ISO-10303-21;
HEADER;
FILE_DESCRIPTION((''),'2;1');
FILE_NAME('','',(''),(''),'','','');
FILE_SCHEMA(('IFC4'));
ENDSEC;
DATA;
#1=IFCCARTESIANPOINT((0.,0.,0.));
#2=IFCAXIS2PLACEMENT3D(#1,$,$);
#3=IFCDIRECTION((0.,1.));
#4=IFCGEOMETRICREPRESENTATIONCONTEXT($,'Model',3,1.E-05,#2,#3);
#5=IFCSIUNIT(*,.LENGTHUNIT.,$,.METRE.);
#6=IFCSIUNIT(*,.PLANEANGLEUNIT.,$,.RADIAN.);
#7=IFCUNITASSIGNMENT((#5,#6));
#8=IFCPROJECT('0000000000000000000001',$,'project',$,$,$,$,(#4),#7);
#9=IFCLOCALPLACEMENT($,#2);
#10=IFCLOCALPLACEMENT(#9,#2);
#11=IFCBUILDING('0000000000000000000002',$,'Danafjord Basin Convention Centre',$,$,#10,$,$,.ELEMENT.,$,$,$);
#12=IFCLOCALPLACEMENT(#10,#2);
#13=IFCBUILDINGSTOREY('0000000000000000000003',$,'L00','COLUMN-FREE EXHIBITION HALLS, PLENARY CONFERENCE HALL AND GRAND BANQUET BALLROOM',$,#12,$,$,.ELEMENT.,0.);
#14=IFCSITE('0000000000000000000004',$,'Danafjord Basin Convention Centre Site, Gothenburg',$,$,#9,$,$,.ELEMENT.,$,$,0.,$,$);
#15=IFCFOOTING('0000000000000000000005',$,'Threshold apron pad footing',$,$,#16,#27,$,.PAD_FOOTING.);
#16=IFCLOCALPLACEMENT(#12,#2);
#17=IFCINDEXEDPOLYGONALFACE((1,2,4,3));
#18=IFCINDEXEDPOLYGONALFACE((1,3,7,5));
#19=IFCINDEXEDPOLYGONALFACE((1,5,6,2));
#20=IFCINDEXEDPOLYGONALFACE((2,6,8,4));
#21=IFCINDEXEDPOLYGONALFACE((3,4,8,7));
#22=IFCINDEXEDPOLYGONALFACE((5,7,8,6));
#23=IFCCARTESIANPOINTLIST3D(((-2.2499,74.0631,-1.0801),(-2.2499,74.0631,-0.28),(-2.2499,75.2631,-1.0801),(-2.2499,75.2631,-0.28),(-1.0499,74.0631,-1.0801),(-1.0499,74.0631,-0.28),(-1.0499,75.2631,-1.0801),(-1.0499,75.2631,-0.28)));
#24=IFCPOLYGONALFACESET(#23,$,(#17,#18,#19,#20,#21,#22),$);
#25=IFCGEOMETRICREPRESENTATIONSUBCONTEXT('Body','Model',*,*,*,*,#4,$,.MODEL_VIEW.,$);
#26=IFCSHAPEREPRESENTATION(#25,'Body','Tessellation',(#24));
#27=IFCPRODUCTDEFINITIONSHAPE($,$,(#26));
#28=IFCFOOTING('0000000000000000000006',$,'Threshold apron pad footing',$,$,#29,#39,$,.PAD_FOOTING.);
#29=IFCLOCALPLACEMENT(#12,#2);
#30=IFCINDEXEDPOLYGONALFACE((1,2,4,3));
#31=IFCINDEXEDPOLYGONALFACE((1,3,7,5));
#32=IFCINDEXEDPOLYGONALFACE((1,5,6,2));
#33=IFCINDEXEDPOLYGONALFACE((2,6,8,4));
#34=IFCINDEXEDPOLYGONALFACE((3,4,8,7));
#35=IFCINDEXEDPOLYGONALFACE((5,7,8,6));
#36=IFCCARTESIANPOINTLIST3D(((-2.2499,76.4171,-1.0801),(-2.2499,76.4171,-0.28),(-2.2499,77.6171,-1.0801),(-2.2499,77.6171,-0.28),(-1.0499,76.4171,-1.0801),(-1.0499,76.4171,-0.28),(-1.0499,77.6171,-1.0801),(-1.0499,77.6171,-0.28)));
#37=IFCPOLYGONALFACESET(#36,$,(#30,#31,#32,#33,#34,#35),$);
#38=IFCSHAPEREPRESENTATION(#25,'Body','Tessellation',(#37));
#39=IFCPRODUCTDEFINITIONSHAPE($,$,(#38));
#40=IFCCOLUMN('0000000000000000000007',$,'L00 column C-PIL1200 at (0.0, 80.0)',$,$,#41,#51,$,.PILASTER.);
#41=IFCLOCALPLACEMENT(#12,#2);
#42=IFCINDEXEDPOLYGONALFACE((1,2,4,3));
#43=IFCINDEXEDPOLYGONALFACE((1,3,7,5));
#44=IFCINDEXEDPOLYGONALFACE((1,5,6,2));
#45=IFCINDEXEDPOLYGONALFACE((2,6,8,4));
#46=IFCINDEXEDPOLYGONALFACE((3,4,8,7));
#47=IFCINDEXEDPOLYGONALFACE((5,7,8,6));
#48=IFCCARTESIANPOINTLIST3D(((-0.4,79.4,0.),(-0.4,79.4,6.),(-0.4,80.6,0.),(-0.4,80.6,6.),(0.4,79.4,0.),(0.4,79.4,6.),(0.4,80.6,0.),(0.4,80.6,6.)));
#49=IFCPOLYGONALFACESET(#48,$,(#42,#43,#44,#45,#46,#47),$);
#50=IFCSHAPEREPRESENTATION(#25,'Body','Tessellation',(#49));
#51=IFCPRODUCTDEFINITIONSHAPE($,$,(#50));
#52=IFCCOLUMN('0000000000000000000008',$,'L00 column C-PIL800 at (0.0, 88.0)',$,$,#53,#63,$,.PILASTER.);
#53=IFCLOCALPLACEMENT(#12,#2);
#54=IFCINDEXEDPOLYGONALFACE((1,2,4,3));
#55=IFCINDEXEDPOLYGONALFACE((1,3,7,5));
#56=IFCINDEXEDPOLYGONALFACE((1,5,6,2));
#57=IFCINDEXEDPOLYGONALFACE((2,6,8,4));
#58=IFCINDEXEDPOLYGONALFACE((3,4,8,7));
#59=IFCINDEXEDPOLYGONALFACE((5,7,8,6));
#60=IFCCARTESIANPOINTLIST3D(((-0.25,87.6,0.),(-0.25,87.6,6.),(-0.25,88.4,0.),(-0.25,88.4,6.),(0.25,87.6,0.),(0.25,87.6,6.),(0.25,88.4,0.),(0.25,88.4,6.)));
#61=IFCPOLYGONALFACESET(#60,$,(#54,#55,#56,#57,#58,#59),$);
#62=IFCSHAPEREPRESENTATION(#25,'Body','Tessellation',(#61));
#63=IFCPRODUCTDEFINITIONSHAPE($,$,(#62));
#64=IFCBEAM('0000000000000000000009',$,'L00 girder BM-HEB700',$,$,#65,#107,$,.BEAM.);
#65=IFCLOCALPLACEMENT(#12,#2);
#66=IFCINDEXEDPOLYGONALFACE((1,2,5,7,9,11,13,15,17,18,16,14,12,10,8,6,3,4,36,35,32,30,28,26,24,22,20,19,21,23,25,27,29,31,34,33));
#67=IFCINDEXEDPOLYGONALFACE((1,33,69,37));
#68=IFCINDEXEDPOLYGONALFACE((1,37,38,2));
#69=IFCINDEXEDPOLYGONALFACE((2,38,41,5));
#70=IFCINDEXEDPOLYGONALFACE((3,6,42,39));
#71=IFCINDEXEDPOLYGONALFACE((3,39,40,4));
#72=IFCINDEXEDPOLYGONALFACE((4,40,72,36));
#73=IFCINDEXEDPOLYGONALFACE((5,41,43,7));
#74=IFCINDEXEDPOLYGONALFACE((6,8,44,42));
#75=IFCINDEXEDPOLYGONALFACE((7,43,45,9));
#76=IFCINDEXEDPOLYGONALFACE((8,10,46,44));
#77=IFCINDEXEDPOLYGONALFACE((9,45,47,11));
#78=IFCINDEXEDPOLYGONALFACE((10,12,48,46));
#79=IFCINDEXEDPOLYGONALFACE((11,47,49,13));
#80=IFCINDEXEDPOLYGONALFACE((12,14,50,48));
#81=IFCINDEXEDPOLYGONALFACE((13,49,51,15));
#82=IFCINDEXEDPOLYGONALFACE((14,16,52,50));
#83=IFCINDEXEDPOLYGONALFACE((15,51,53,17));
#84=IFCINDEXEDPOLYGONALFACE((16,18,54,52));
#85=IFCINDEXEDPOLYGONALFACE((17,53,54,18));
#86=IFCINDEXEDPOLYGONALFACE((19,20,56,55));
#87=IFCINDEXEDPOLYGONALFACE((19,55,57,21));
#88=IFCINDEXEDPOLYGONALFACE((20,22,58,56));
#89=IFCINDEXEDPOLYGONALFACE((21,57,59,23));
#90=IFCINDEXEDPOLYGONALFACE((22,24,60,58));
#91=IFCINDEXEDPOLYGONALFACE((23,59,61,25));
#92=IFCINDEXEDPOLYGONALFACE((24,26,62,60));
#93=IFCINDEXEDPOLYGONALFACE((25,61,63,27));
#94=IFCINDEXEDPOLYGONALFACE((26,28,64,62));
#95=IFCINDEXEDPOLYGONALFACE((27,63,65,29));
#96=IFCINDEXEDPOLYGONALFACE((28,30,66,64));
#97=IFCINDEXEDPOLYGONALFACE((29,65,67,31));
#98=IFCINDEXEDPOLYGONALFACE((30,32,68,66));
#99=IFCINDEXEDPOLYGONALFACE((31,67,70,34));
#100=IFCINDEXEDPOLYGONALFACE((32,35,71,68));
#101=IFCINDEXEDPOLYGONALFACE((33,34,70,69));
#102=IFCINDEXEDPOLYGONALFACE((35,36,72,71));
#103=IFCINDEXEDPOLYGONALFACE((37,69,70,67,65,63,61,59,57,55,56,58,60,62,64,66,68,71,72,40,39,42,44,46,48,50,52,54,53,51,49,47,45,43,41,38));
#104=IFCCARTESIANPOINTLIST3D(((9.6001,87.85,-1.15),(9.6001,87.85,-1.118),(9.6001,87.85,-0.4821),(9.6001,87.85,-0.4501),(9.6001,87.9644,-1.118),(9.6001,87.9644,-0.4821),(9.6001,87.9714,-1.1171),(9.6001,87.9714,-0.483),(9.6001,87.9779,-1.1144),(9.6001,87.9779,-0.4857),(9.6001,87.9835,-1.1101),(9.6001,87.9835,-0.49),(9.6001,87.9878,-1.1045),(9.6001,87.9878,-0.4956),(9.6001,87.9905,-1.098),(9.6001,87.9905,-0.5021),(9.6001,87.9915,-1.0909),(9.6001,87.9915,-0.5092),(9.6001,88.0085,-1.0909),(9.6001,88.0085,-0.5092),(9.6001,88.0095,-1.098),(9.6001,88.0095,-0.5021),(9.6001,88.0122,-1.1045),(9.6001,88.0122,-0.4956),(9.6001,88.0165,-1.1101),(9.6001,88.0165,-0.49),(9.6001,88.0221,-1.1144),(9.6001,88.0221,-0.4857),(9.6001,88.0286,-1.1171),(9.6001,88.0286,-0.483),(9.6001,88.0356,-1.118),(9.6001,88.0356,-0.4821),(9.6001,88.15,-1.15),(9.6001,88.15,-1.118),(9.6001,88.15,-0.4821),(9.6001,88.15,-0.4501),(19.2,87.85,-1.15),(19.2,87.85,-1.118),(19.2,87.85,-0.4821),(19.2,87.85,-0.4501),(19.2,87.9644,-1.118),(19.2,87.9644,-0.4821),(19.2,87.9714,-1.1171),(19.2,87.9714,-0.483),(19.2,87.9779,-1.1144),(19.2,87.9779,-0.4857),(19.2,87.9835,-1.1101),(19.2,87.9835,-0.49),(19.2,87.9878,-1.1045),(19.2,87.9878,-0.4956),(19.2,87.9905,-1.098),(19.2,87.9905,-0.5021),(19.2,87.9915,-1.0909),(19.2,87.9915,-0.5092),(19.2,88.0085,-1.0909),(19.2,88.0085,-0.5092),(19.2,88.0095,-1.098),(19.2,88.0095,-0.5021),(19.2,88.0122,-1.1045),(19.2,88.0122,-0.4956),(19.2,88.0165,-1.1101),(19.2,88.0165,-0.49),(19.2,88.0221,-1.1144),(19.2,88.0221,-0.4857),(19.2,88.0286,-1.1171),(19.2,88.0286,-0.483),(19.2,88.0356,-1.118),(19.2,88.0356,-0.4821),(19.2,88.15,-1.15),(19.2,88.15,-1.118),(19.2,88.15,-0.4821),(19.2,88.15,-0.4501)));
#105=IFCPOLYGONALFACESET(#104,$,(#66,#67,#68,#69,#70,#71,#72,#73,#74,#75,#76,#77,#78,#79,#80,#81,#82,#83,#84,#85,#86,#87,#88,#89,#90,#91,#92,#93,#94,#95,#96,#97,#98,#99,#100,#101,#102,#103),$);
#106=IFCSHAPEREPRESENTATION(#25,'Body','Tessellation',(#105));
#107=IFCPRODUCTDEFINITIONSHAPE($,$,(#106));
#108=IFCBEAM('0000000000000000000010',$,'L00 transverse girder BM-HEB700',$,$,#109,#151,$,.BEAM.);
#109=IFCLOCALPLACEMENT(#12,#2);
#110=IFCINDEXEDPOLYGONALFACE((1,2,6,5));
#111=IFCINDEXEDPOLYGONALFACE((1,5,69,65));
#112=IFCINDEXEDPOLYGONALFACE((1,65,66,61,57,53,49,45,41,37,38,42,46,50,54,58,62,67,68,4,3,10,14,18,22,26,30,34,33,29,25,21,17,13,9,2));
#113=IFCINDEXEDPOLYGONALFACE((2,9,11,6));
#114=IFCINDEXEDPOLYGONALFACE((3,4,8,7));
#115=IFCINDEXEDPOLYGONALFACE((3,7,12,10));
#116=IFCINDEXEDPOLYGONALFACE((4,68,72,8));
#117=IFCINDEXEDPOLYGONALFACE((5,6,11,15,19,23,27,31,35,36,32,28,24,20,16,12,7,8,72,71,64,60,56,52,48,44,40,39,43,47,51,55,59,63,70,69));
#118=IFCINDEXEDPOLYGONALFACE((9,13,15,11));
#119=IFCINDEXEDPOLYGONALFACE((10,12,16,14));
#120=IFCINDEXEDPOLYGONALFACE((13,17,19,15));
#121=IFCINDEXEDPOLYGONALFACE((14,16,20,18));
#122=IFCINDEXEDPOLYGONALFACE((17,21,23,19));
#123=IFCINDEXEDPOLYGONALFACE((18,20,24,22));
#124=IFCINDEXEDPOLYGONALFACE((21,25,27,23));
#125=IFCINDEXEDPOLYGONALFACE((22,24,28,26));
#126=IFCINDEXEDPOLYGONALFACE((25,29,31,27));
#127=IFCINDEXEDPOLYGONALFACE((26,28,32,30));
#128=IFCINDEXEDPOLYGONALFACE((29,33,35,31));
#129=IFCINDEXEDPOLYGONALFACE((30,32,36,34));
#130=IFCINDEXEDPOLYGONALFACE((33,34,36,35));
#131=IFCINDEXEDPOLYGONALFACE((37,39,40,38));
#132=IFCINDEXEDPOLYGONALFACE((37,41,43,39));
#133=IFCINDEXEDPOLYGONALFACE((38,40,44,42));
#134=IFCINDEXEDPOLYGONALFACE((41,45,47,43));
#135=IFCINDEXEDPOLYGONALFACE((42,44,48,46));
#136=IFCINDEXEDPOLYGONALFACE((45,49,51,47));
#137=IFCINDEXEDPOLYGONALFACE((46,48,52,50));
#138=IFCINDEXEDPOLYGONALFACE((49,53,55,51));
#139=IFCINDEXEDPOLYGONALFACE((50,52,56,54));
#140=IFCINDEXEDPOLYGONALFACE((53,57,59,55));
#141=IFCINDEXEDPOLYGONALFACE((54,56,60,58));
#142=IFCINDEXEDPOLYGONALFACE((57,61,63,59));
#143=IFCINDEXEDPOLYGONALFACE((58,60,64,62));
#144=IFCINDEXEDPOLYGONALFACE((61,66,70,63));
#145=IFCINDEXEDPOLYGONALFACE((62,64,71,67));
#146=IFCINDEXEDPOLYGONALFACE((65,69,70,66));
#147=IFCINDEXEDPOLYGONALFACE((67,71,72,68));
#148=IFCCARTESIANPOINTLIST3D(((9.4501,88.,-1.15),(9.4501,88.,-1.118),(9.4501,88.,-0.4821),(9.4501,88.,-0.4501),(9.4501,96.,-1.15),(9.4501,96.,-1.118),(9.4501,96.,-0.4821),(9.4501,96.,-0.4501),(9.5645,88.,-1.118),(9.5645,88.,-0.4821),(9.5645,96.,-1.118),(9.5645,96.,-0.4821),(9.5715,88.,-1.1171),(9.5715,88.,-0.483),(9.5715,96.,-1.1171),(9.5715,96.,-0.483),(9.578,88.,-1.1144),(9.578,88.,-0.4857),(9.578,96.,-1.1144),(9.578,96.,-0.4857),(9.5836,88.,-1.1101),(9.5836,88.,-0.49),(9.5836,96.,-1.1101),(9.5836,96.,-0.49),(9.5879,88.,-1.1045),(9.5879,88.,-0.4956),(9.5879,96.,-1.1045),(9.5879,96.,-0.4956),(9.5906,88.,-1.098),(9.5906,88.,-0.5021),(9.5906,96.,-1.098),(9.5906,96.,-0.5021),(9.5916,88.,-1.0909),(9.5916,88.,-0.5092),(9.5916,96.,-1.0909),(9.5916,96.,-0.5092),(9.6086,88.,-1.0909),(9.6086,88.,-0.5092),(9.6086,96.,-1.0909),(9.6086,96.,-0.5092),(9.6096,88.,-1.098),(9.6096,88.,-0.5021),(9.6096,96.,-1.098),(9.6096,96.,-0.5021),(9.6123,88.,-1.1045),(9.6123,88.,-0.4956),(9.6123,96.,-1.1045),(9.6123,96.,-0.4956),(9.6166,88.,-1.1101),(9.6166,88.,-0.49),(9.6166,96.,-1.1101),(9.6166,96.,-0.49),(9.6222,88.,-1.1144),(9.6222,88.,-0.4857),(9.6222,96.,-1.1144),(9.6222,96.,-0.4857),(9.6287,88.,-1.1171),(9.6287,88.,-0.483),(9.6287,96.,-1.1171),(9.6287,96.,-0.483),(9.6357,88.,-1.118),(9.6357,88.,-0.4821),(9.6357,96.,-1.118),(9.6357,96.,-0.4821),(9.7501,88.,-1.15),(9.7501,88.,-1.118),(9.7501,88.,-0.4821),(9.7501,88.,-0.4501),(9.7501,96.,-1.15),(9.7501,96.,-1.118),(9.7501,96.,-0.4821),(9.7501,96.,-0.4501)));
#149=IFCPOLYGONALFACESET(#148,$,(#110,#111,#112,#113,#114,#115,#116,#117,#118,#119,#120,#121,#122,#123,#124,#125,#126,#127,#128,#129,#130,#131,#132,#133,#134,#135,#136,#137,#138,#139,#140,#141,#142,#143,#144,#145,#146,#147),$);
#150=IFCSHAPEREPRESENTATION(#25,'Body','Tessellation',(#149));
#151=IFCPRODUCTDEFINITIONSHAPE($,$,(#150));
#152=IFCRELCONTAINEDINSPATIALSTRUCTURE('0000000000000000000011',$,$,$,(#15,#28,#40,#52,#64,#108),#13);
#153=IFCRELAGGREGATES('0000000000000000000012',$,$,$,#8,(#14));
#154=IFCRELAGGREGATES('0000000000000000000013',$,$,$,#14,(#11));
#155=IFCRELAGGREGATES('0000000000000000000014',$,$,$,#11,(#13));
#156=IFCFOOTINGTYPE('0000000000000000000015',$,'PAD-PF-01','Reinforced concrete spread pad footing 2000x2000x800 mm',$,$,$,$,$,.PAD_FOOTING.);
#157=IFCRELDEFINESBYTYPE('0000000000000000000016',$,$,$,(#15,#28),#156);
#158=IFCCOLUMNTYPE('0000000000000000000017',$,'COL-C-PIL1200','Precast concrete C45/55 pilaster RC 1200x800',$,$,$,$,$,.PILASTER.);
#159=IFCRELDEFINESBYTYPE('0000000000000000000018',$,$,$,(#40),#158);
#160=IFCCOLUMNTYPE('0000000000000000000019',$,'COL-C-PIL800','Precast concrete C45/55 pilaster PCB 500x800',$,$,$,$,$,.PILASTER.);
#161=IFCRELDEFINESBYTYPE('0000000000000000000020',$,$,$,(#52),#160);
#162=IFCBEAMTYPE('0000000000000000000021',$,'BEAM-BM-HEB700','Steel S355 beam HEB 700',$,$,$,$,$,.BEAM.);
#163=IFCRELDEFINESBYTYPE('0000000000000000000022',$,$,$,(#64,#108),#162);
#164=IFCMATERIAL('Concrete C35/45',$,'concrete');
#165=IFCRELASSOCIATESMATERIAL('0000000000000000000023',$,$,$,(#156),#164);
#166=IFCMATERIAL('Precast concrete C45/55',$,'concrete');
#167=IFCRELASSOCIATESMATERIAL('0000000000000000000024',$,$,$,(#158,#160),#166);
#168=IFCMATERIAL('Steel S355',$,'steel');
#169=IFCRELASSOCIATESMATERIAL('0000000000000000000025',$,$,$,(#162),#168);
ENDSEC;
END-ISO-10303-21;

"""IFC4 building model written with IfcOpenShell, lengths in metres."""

from ifc_helpers import new_model, si_unit, direction, frame, origin, origin_2d, place, context, subcontext, project, spatial, rectangle, i_section, extrude, material, material_profile, profile_set, type_object, element, save


model = new_model("IFC4")

# Units and contexts
model_context = context("Model", 3, precision=1e-05, world=origin(), true_north=direction((0.0, 1.0)))
body_context = subcontext(model_context, "Body", "Model", "MODEL_VIEW")
ifc_project = project(units=[si_unit("LENGTHUNIT", "METRE"), si_unit("PLANEANGLEUNIT", "RADIAN")], contexts=[model_context])

# Site, building, storey
site_placement = place(None, origin())
site = spatial("IfcSite", under=ifc_project, at=site_placement, Name="Danafjord Basin Convention Centre Site, Gothenburg", CompositionType="ELEMENT", RefElevation=0.0)
building_placement = place(site_placement, origin())
building = spatial("IfcBuilding", under=site, at=building_placement, Name="Danafjord Basin Convention Centre", CompositionType="ELEMENT")
storey_placement = place(building_placement, origin())
storey = spatial("IfcBuildingStorey", under=building, at=storey_placement, Name="L00", Description="COLUMN-FREE EXHIBITION HALLS, PLENARY CONFERENCE HALL AND GRAND BANQUET BALLROOM", CompositionType="ELEMENT", Elevation=0.0)

# Footings
ifc_material_1 = material(Name="Concrete C35/45", Category="concrete")
footing_type = type_object("IfcFootingType", Name="PAD-PF-01", Description="Reinforced concrete spread pad footing 2000x2000x800 mm", PredefinedType="PAD_FOOTING", material=ifc_material_1)
for number, where, z_axis, x_axis, name in (
    (1, (-1.6499, 74.6631, -1.0801), (0.0, 0.0, 1.0), (1.0, 0.0, 0.0), "Threshold apron pad footing"),
    (2, (-1.6499, 77.0171, -1.0801), (0.0, 0.0, 1.0), (1.0, 0.0, 0.0), "Threshold apron pad footing"),
):
    element("IfcFooting", number, at=place(storey_placement, frame(where, z_axis=z_axis, x_axis=x_axis)), inside=storey, type_object=footing_type, Name=name, PredefinedType="PAD_FOOTING", context=body_context, shape_type="SweptSolid", body=[
        extrude(rectangle(XDim=1.2, YDim=1.2, at=origin_2d()), origin(), (0.0, 0.0, 1.0), 0.8),
    ])

# Columns
ifc_material_2 = material(Name="Precast concrete C45/55", Category="concrete")
ifc_material_profile_1 = material_profile(ifc_material_2, rectangle(XDim=0.8, YDim=1.2, at=origin_2d()), Name="RC 1200x800")
ifc_profile_set_1 = profile_set([ifc_material_profile_1], Name="Precast concrete C45/55")
column_type_1 = type_object("IfcColumnType", Name="COL-C-PIL1200", Description="Precast concrete C45/55 pilaster RC 1200x800", PredefinedType="PILASTER", material=ifc_profile_set_1)
column_1_placement = place(storey_placement, frame((0.0, 80.0, 0.0), z_axis=(0.0, 0.0, 1.0), x_axis=(1.0, 0.0, 0.0)))
element("IfcColumn", 3, at=column_1_placement, inside=storey, type_object=column_type_1, Name="L00 column C-PIL1200 at (0.0, 80.0)", PredefinedType="PILASTER", context=body_context, shape_type="SweptSolid", body=[
    extrude(rectangle(XDim=0.8, YDim=1.2, at=origin_2d()), origin(), (0.0, 0.0, 1.0), 6.0),
])
ifc_material_profile_2 = material_profile(ifc_material_2, rectangle(XDim=0.5, YDim=0.8, at=origin_2d()), Name="PCB 500x800")
ifc_profile_set_2 = profile_set([ifc_material_profile_2], Name="Precast concrete C45/55")
column_type_2 = type_object("IfcColumnType", Name="COL-C-PIL800", Description="Precast concrete C45/55 pilaster PCB 500x800", PredefinedType="PILASTER", material=ifc_profile_set_2)
column_2_placement = place(storey_placement, frame((0.0, 88.0, 0.0), z_axis=(0.0, 0.0, 1.0), x_axis=(1.0, 0.0, 0.0)))
element("IfcColumn", 4, at=column_2_placement, inside=storey, type_object=column_type_2, Name="L00 column C-PIL800 at (0.0, 88.0)", PredefinedType="PILASTER", context=body_context, shape_type="SweptSolid", body=[
    extrude(rectangle(XDim=0.5, YDim=0.8, at=origin_2d()), origin(), (0.0, 0.0, 1.0), 6.0),
])

# Beams
ifc_material_3 = material(Name="Steel S355", Category="steel")
ifc_material_profile_3 = material_profile(ifc_material_3, i_section(OverallWidth=0.3, OverallDepth=0.7, WebThickness=0.0171, FlangeThickness=0.032, FilletRadius=0.0271, at=origin_2d()), Name="HEB 700")
ifc_profile_set_3 = profile_set([ifc_material_profile_3], Name="Steel S355")
beam_type_1 = type_object("IfcBeamType", Name="BEAM-BM-HEB700", Description="Steel S355 beam HEB 700", PredefinedType="BEAM", material=ifc_profile_set_3)
beam_1_placement = place(storey_placement, frame((9.6001, 88.0, -0.8), z_axis=(1.0, 0.0, 0.0), x_axis=(0.0, 1.0, 0.0)))
element("IfcBeam", 5, at=beam_1_placement, inside=storey, type_object=beam_type_1, Name="L00 girder BM-HEB700", PredefinedType="BEAM", context=body_context, shape_type="SweptSolid", body=[
    extrude(i_section(OverallWidth=0.3, OverallDepth=0.7, WebThickness=0.0171, FlangeThickness=0.032, FilletRadius=0.0271, at=origin_2d()), origin(), (0.0, 0.0, 1.0), 9.5999),
])
beam_2_placement = place(storey_placement, frame((9.6001, 88.0, -0.8), z_axis=(0.0, 1.0, 0.0), x_axis=(-1.0, 0.0, 0.0)))
element("IfcBeam", 6, at=beam_2_placement, inside=storey, type_object=beam_type_1, Name="L00 transverse girder BM-HEB700", PredefinedType="BEAM", context=body_context, shape_type="SweptSolid", body=[
    extrude(i_section(OverallWidth=0.3, OverallDepth=0.7, WebThickness=0.0171, FlangeThickness=0.032, FilletRadius=0.0271, at=origin_2d()), origin(), (0.0, 0.0, 1.0), 8.0),
])

save(model, "model.ifc")
